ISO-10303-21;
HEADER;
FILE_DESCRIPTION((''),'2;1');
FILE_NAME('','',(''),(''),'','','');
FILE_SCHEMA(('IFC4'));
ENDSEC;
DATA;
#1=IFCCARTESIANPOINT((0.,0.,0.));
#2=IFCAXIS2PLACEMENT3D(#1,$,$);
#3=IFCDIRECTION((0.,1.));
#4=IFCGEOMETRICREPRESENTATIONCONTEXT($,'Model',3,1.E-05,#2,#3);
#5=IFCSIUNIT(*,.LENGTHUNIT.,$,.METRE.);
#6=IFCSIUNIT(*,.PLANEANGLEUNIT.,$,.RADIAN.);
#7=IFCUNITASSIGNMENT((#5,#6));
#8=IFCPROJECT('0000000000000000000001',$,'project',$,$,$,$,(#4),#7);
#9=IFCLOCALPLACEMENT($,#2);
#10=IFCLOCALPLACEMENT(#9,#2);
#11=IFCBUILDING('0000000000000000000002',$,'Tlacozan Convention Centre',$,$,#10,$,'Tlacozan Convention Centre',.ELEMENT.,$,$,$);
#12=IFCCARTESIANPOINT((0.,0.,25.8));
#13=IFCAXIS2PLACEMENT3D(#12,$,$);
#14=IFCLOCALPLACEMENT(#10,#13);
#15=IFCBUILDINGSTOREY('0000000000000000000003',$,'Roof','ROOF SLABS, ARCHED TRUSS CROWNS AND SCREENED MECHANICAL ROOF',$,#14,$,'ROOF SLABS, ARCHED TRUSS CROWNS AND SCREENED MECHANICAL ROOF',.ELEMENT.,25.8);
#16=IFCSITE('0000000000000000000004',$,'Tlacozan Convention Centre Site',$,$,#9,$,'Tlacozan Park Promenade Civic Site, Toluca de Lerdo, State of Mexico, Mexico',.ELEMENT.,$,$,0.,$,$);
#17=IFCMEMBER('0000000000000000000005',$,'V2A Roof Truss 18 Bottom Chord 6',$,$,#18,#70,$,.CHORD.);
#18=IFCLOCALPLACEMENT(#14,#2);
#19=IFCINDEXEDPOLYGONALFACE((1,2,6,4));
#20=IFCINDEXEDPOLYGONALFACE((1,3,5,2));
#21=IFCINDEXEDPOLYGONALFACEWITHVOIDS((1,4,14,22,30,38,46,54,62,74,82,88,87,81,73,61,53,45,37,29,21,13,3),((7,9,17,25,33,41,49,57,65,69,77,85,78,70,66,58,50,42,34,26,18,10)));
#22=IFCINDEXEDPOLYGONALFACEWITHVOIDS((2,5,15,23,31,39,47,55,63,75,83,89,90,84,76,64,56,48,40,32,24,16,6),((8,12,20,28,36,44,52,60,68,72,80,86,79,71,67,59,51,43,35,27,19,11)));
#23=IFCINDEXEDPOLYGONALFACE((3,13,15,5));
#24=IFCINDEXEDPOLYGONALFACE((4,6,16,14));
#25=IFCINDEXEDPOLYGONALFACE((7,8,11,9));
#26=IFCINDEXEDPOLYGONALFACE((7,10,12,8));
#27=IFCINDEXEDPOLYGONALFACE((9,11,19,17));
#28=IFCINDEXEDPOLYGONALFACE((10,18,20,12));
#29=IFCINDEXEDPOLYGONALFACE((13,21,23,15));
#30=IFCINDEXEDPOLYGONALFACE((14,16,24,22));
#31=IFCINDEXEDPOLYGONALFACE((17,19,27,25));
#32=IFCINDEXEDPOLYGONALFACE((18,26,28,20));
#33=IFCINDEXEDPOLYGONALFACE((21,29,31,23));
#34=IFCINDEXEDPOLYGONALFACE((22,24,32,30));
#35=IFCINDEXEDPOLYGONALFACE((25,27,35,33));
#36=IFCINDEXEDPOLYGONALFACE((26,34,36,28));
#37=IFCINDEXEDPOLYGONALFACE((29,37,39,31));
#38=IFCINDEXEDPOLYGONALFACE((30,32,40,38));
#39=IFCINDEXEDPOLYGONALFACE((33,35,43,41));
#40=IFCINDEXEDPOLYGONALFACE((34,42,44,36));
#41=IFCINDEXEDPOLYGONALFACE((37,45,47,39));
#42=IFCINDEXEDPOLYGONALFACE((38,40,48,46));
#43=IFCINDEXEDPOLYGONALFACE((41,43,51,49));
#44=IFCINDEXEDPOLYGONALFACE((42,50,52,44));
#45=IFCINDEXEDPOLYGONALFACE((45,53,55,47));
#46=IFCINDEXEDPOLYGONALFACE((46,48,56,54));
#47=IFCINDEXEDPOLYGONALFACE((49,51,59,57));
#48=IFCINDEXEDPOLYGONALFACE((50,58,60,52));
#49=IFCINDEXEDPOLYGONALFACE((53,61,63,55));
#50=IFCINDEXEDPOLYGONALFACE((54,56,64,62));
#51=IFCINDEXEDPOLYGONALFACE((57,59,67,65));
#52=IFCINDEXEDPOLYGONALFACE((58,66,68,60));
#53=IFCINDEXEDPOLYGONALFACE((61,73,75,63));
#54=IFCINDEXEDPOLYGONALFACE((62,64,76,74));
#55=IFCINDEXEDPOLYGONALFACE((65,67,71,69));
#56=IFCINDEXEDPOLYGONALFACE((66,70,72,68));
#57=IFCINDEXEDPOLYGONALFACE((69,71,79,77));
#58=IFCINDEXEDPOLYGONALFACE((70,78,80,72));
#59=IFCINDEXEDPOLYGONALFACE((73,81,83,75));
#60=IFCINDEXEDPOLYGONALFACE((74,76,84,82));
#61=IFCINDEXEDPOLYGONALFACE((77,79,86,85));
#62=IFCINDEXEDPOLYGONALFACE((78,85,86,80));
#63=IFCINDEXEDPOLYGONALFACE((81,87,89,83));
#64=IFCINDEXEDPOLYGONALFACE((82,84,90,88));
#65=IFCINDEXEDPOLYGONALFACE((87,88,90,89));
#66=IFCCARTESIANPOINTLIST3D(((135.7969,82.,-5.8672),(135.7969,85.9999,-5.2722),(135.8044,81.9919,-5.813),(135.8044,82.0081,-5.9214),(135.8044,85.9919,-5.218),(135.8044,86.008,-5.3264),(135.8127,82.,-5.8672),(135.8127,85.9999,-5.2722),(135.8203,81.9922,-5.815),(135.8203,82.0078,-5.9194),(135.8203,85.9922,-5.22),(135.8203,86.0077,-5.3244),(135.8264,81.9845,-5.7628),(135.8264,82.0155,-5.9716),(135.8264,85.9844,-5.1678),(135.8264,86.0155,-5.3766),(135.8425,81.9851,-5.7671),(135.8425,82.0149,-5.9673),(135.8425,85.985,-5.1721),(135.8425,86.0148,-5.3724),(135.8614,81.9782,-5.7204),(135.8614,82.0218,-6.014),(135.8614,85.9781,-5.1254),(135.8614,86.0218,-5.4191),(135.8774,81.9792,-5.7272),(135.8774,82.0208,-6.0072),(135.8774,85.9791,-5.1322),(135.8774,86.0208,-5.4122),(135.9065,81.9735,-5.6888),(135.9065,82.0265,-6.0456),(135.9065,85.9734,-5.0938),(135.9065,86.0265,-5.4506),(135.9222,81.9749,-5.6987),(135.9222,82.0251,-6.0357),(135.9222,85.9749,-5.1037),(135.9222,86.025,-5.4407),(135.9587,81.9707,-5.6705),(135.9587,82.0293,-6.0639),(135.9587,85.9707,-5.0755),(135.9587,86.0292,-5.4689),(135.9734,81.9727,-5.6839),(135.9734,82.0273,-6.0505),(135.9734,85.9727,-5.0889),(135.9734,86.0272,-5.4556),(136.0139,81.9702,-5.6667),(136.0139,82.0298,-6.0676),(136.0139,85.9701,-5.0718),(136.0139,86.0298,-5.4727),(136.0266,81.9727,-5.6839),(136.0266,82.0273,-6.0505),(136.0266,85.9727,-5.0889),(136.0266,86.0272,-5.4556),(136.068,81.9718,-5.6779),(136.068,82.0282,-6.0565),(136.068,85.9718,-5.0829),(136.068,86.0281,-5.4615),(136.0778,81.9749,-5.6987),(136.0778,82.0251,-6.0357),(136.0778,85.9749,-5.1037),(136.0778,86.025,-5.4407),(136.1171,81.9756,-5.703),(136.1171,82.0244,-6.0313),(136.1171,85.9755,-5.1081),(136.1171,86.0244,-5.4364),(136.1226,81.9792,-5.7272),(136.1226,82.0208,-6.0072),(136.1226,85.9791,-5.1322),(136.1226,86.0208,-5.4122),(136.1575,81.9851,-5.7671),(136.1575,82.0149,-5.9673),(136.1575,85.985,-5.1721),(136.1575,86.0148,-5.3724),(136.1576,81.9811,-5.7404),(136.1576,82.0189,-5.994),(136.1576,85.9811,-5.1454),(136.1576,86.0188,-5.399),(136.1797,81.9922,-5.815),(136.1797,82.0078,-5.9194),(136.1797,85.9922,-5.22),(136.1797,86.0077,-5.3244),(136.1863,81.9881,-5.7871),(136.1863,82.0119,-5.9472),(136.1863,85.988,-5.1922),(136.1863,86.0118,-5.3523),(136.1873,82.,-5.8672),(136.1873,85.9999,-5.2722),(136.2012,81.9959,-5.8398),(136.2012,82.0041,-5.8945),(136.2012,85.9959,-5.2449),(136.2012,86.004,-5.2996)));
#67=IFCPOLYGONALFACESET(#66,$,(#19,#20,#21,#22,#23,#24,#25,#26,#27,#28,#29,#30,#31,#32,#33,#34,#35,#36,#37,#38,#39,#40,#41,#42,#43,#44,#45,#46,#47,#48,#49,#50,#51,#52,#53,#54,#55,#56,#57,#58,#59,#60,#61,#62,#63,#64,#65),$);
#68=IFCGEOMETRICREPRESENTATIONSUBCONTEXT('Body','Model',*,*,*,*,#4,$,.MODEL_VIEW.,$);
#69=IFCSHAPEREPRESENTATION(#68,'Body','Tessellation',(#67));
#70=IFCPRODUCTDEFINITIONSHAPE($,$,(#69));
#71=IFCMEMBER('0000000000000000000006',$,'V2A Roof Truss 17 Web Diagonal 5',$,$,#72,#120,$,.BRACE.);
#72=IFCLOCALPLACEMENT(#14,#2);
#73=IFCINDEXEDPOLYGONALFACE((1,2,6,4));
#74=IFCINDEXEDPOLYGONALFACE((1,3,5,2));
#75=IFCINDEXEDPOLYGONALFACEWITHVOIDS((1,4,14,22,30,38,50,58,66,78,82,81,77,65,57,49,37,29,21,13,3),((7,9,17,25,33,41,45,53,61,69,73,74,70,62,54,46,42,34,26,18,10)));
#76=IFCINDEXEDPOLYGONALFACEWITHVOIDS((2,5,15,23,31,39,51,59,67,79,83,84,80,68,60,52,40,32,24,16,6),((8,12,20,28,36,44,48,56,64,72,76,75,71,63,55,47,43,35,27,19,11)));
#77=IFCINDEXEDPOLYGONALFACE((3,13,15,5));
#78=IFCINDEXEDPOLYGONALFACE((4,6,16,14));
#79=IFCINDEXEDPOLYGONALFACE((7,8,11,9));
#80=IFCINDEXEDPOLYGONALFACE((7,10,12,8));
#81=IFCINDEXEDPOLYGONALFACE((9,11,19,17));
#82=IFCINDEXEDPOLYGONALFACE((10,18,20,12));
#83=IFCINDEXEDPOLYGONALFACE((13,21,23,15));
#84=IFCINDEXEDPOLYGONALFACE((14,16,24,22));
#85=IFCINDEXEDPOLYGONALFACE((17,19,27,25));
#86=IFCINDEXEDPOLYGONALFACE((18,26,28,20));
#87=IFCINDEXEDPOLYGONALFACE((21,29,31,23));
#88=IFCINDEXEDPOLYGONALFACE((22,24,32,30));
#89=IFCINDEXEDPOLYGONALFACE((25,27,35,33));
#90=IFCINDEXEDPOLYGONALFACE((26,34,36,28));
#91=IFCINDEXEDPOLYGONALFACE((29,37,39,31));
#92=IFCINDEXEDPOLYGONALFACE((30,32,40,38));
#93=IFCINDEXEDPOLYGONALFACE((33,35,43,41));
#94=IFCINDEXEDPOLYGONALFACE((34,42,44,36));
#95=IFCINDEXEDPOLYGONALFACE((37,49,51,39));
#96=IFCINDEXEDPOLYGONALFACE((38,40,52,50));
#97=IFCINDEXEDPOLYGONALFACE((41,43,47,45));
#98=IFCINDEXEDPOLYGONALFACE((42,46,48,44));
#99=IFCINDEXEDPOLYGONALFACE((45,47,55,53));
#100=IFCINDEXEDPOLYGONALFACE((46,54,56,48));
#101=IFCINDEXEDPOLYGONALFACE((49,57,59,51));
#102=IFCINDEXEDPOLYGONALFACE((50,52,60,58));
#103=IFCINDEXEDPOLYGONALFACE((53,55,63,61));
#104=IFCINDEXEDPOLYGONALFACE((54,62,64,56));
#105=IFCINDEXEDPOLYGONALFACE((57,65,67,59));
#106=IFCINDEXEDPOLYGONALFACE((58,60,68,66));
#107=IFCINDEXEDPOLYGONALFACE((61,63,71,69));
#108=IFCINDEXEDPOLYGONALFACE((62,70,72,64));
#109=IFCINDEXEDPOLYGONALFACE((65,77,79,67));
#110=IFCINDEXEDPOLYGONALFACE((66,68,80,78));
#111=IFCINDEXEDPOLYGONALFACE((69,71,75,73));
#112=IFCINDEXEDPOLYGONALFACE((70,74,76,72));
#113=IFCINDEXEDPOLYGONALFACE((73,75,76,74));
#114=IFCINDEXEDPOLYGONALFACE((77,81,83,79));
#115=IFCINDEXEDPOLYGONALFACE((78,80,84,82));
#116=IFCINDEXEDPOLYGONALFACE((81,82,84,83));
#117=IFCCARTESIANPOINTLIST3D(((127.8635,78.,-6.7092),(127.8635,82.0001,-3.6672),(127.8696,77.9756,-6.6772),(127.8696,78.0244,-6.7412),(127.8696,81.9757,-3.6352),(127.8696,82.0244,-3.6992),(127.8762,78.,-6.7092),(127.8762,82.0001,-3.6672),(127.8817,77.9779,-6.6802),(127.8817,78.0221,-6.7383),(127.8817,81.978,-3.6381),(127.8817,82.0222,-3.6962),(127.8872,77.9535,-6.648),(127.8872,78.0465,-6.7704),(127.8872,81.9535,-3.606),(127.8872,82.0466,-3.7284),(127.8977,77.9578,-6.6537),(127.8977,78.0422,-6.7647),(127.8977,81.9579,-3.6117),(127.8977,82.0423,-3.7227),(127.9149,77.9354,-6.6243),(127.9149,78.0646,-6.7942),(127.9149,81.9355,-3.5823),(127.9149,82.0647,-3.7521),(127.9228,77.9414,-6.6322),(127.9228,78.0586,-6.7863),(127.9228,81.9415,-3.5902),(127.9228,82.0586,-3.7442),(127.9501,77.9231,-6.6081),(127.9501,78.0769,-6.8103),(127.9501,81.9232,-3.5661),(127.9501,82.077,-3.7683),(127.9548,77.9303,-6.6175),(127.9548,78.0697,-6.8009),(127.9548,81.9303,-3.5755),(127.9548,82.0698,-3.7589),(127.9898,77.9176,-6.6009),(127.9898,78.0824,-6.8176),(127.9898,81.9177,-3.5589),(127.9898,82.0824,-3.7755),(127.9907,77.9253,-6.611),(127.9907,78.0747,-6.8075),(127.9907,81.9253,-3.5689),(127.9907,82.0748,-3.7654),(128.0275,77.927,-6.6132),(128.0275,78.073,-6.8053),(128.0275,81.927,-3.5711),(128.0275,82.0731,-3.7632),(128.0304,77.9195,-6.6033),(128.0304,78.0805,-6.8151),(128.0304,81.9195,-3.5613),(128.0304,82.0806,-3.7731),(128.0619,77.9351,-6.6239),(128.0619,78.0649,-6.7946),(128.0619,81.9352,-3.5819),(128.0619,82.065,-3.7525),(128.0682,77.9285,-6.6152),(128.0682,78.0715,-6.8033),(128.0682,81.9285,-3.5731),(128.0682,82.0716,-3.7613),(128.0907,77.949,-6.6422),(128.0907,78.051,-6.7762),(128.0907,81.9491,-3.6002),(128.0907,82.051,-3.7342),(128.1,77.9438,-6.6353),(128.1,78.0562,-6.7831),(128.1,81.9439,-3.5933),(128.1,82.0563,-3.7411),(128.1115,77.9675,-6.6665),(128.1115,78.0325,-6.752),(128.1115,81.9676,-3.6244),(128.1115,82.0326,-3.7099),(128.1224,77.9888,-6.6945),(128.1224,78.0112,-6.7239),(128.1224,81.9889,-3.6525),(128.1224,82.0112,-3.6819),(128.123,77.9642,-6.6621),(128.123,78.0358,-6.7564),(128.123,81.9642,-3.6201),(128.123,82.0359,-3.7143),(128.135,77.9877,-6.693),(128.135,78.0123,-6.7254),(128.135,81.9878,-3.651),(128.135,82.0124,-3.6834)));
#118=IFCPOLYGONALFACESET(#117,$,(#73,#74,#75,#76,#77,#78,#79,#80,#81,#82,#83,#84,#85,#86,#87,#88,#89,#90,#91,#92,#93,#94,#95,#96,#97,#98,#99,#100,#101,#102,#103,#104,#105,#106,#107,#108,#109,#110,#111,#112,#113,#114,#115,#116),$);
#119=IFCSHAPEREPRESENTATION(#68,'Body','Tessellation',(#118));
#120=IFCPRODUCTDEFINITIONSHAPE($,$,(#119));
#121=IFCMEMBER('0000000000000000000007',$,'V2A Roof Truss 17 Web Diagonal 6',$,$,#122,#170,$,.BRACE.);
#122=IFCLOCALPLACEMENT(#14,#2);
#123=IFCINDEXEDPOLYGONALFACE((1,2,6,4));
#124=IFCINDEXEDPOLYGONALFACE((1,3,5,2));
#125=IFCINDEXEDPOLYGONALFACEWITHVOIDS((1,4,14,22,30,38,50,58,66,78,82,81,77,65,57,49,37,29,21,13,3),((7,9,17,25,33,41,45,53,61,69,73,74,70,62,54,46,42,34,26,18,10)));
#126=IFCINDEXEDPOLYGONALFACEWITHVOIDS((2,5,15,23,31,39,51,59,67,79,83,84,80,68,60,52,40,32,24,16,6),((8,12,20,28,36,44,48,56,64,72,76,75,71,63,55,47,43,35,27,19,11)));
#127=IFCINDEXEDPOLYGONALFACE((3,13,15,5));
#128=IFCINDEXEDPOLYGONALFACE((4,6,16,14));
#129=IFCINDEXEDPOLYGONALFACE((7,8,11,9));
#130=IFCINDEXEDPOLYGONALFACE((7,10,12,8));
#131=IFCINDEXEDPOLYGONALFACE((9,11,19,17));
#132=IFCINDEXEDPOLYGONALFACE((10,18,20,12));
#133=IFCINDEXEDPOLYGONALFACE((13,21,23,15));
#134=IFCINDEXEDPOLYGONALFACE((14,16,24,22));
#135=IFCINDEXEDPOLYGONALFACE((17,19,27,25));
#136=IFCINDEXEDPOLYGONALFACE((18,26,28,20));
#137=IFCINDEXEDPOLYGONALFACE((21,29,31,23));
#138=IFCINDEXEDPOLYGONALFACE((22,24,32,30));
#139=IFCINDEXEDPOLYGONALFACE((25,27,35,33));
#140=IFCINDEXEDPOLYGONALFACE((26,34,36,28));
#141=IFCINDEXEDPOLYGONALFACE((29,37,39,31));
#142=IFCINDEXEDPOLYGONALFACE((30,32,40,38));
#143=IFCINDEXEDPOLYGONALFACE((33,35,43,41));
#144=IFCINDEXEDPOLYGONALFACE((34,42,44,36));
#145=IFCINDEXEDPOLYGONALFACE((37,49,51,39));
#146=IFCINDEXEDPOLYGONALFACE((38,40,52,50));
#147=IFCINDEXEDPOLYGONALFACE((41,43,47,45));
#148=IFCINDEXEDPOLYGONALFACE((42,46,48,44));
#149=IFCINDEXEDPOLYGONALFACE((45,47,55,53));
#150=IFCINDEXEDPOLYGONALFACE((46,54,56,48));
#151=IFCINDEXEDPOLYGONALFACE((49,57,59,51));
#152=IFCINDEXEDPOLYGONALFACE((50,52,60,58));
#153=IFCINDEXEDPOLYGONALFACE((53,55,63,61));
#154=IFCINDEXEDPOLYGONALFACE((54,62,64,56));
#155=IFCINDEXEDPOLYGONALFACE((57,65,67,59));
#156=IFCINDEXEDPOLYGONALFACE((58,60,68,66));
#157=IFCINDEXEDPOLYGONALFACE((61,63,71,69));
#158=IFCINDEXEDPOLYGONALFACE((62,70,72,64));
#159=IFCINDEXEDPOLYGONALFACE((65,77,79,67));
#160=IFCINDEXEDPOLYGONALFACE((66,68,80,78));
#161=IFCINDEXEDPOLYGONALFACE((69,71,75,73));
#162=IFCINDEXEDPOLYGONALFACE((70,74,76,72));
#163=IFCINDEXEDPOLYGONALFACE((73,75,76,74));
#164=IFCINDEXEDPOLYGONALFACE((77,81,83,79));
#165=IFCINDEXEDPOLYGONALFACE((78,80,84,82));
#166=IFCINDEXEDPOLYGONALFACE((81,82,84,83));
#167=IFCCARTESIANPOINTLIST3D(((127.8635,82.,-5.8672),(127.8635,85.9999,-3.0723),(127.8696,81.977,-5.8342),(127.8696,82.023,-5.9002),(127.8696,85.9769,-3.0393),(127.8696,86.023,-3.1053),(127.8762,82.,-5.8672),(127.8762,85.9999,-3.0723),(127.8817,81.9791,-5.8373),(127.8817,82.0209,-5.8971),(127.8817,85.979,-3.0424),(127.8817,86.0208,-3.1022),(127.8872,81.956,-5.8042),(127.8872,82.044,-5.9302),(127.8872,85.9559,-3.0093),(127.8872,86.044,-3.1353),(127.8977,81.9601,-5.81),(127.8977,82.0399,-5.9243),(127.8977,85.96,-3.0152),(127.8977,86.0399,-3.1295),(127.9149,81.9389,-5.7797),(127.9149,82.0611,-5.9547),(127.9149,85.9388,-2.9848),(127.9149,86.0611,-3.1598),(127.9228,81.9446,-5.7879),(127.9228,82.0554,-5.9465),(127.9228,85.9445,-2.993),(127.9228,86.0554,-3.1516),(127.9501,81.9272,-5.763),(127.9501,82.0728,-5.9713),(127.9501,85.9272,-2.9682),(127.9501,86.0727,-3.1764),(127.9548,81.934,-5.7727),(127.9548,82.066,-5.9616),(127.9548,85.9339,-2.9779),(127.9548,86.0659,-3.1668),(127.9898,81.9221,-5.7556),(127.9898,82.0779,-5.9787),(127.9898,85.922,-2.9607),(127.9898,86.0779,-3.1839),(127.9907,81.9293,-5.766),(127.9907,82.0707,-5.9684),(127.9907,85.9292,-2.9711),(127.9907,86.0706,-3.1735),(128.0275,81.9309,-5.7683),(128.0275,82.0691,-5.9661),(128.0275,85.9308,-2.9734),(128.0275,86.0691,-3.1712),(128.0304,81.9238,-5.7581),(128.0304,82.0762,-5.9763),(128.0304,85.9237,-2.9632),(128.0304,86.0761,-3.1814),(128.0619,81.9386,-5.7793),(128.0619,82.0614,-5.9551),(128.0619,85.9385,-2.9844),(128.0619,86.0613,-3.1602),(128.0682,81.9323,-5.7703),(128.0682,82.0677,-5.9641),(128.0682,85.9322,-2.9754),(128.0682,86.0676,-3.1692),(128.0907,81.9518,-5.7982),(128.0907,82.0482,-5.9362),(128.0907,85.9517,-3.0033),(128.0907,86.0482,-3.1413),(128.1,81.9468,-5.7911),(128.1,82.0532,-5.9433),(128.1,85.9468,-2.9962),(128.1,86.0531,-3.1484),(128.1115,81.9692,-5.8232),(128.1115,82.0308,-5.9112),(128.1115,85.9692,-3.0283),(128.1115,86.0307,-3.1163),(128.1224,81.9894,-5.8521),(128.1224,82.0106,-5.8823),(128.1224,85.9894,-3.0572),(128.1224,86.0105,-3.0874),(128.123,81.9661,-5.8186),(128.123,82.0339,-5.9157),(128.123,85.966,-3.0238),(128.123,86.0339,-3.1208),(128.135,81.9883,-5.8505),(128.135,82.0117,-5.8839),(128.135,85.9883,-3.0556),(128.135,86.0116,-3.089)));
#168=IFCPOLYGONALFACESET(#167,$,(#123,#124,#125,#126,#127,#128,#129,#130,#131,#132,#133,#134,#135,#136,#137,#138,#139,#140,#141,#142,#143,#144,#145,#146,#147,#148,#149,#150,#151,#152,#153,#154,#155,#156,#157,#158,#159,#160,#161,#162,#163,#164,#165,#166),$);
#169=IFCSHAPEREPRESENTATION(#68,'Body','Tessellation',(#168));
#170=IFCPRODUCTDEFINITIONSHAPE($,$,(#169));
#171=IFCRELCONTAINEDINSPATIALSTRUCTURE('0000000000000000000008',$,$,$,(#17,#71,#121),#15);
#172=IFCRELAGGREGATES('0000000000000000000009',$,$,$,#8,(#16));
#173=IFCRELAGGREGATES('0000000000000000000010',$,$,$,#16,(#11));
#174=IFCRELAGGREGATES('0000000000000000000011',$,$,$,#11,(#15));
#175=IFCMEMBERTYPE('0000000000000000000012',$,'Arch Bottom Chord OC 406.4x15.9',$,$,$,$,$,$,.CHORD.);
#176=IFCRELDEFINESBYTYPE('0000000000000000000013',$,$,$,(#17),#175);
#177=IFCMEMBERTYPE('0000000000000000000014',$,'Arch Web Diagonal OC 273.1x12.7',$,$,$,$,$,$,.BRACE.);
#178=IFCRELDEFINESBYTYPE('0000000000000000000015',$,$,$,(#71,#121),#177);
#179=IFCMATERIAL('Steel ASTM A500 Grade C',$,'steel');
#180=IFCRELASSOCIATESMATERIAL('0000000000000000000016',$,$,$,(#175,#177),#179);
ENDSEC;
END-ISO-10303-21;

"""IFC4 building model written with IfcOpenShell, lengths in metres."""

from ifc_helpers import new_model, si_unit, direction, frame, origin, origin_2d, place, context, subcontext, project, spatial, hollow_circle, extrude, material, material_profile, profile_set, type_object, element, save


model = new_model("IFC4")

# Units and contexts
model_context = context("Model", 3, precision=1e-05, world=origin(), true_north=direction((0.0, 1.0)))
body_context = subcontext(model_context, "Body", "Model", "MODEL_VIEW")
ifc_project = project(units=[si_unit("LENGTHUNIT", "METRE"), si_unit("PLANEANGLEUNIT", "RADIAN")], contexts=[model_context])

# Site, building, storey
site_placement = place(None, origin())
site = spatial("IfcSite", under=ifc_project, at=site_placement, Name="Tlacozan Convention Centre Site", LongName="Tlacozan Park Promenade Civic Site, Toluca de Lerdo, State of Mexico, Mexico", CompositionType="ELEMENT", RefElevation=0.0)
building_placement = place(site_placement, origin())
building = spatial("IfcBuilding", under=site, at=building_placement, Name="Tlacozan Convention Centre", LongName="Tlacozan Convention Centre", CompositionType="ELEMENT")
storey_placement = place(building_placement, frame((0.0, 0.0, 25.8)))
storey = spatial("IfcBuildingStorey", under=building, at=storey_placement, Name="Roof", Description="ROOF SLABS, ARCHED TRUSS CROWNS AND SCREENED MECHANICAL ROOF", LongName="ROOF SLABS, ARCHED TRUSS CROWNS AND SCREENED MECHANICAL ROOF", CompositionType="ELEMENT", Elevation=25.8)

# Members
ifc_material_1 = material(Name="Steel ASTM A500 Grade C", Category="steel")
ifc_material_profile_1 = material_profile(ifc_material_1, hollow_circle(Radius=0.2031, WallThickness=0.0159, at=origin_2d()), Name="OC 406.4x15.9")
ifc_profile_set_1 = profile_set([ifc_material_profile_1], Name="Steel ASTM A500 Grade C")
member_type_1 = type_object("IfcMemberType", Name="Arch Bottom Chord OC 406.4x15.9", PredefinedType="CHORD", material=ifc_profile_set_1)
member_1_placement = place(storey_placement, frame((136.0, 82.0, -5.8672), z_axis=(0.0, 0.989118, 0.147124), x_axis=(-1.0, 0.0, 0.0)))
element("IfcMember", 1, at=member_1_placement, inside=storey, type_object=member_type_1, Name="V2A Roof Truss 18 Bottom Chord 6", PredefinedType="CHORD", context=body_context, shape_type="SweptSolid", body=[
    extrude(hollow_circle(Radius=0.2031, WallThickness=0.0159, at=origin_2d()), origin(), (0.0, 0.0, 1.0), 4.0439),
])
ifc_material_profile_2 = material_profile(ifc_material_1, hollow_circle(Radius=0.1365, WallThickness=0.0127, at=origin_2d()), Name="OC 273.1x12.7")
ifc_profile_set_2 = profile_set([ifc_material_profile_2], Name="Steel ASTM A500 Grade C")
member_type_2 = type_object("IfcMemberType", Name="Arch Web Diagonal OC 273.1x12.7", PredefinedType="BRACE", material=ifc_profile_set_2)
member_2_placement = place(storey_placement, frame((128.0, 78.0, -6.7092), z_axis=(0.0, 0.795971, 0.605335), x_axis=(-1.0, 0.0, 0.0)))
element("IfcMember", 2, at=member_2_placement, inside=storey, type_object=member_type_2, Name="V2A Roof Truss 17 Web Diagonal 5", PredefinedType="BRACE", context=body_context, shape_type="SweptSolid", body=[
    extrude(hollow_circle(Radius=0.1365, WallThickness=0.0127, at=origin_2d()), origin(), (0.0, 0.0, 1.0), 5.0254),
])
member_3_placement = place(storey_placement, frame((128.0, 82.0, -5.8672), z_axis=(0.0, 0.819721, 0.572764), x_axis=(-1.0, 0.0, 0.0)))
element("IfcMember", 3, at=member_3_placement, inside=storey, type_object=member_type_2, Name="V2A Roof Truss 17 Web Diagonal 6", PredefinedType="BRACE", context=body_context, shape_type="SweptSolid", body=[
    extrude(hollow_circle(Radius=0.1365, WallThickness=0.0127, at=origin_2d()), origin(), (0.0, 0.0, 1.0), 4.8796),
])

save(model, "model.ifc")
